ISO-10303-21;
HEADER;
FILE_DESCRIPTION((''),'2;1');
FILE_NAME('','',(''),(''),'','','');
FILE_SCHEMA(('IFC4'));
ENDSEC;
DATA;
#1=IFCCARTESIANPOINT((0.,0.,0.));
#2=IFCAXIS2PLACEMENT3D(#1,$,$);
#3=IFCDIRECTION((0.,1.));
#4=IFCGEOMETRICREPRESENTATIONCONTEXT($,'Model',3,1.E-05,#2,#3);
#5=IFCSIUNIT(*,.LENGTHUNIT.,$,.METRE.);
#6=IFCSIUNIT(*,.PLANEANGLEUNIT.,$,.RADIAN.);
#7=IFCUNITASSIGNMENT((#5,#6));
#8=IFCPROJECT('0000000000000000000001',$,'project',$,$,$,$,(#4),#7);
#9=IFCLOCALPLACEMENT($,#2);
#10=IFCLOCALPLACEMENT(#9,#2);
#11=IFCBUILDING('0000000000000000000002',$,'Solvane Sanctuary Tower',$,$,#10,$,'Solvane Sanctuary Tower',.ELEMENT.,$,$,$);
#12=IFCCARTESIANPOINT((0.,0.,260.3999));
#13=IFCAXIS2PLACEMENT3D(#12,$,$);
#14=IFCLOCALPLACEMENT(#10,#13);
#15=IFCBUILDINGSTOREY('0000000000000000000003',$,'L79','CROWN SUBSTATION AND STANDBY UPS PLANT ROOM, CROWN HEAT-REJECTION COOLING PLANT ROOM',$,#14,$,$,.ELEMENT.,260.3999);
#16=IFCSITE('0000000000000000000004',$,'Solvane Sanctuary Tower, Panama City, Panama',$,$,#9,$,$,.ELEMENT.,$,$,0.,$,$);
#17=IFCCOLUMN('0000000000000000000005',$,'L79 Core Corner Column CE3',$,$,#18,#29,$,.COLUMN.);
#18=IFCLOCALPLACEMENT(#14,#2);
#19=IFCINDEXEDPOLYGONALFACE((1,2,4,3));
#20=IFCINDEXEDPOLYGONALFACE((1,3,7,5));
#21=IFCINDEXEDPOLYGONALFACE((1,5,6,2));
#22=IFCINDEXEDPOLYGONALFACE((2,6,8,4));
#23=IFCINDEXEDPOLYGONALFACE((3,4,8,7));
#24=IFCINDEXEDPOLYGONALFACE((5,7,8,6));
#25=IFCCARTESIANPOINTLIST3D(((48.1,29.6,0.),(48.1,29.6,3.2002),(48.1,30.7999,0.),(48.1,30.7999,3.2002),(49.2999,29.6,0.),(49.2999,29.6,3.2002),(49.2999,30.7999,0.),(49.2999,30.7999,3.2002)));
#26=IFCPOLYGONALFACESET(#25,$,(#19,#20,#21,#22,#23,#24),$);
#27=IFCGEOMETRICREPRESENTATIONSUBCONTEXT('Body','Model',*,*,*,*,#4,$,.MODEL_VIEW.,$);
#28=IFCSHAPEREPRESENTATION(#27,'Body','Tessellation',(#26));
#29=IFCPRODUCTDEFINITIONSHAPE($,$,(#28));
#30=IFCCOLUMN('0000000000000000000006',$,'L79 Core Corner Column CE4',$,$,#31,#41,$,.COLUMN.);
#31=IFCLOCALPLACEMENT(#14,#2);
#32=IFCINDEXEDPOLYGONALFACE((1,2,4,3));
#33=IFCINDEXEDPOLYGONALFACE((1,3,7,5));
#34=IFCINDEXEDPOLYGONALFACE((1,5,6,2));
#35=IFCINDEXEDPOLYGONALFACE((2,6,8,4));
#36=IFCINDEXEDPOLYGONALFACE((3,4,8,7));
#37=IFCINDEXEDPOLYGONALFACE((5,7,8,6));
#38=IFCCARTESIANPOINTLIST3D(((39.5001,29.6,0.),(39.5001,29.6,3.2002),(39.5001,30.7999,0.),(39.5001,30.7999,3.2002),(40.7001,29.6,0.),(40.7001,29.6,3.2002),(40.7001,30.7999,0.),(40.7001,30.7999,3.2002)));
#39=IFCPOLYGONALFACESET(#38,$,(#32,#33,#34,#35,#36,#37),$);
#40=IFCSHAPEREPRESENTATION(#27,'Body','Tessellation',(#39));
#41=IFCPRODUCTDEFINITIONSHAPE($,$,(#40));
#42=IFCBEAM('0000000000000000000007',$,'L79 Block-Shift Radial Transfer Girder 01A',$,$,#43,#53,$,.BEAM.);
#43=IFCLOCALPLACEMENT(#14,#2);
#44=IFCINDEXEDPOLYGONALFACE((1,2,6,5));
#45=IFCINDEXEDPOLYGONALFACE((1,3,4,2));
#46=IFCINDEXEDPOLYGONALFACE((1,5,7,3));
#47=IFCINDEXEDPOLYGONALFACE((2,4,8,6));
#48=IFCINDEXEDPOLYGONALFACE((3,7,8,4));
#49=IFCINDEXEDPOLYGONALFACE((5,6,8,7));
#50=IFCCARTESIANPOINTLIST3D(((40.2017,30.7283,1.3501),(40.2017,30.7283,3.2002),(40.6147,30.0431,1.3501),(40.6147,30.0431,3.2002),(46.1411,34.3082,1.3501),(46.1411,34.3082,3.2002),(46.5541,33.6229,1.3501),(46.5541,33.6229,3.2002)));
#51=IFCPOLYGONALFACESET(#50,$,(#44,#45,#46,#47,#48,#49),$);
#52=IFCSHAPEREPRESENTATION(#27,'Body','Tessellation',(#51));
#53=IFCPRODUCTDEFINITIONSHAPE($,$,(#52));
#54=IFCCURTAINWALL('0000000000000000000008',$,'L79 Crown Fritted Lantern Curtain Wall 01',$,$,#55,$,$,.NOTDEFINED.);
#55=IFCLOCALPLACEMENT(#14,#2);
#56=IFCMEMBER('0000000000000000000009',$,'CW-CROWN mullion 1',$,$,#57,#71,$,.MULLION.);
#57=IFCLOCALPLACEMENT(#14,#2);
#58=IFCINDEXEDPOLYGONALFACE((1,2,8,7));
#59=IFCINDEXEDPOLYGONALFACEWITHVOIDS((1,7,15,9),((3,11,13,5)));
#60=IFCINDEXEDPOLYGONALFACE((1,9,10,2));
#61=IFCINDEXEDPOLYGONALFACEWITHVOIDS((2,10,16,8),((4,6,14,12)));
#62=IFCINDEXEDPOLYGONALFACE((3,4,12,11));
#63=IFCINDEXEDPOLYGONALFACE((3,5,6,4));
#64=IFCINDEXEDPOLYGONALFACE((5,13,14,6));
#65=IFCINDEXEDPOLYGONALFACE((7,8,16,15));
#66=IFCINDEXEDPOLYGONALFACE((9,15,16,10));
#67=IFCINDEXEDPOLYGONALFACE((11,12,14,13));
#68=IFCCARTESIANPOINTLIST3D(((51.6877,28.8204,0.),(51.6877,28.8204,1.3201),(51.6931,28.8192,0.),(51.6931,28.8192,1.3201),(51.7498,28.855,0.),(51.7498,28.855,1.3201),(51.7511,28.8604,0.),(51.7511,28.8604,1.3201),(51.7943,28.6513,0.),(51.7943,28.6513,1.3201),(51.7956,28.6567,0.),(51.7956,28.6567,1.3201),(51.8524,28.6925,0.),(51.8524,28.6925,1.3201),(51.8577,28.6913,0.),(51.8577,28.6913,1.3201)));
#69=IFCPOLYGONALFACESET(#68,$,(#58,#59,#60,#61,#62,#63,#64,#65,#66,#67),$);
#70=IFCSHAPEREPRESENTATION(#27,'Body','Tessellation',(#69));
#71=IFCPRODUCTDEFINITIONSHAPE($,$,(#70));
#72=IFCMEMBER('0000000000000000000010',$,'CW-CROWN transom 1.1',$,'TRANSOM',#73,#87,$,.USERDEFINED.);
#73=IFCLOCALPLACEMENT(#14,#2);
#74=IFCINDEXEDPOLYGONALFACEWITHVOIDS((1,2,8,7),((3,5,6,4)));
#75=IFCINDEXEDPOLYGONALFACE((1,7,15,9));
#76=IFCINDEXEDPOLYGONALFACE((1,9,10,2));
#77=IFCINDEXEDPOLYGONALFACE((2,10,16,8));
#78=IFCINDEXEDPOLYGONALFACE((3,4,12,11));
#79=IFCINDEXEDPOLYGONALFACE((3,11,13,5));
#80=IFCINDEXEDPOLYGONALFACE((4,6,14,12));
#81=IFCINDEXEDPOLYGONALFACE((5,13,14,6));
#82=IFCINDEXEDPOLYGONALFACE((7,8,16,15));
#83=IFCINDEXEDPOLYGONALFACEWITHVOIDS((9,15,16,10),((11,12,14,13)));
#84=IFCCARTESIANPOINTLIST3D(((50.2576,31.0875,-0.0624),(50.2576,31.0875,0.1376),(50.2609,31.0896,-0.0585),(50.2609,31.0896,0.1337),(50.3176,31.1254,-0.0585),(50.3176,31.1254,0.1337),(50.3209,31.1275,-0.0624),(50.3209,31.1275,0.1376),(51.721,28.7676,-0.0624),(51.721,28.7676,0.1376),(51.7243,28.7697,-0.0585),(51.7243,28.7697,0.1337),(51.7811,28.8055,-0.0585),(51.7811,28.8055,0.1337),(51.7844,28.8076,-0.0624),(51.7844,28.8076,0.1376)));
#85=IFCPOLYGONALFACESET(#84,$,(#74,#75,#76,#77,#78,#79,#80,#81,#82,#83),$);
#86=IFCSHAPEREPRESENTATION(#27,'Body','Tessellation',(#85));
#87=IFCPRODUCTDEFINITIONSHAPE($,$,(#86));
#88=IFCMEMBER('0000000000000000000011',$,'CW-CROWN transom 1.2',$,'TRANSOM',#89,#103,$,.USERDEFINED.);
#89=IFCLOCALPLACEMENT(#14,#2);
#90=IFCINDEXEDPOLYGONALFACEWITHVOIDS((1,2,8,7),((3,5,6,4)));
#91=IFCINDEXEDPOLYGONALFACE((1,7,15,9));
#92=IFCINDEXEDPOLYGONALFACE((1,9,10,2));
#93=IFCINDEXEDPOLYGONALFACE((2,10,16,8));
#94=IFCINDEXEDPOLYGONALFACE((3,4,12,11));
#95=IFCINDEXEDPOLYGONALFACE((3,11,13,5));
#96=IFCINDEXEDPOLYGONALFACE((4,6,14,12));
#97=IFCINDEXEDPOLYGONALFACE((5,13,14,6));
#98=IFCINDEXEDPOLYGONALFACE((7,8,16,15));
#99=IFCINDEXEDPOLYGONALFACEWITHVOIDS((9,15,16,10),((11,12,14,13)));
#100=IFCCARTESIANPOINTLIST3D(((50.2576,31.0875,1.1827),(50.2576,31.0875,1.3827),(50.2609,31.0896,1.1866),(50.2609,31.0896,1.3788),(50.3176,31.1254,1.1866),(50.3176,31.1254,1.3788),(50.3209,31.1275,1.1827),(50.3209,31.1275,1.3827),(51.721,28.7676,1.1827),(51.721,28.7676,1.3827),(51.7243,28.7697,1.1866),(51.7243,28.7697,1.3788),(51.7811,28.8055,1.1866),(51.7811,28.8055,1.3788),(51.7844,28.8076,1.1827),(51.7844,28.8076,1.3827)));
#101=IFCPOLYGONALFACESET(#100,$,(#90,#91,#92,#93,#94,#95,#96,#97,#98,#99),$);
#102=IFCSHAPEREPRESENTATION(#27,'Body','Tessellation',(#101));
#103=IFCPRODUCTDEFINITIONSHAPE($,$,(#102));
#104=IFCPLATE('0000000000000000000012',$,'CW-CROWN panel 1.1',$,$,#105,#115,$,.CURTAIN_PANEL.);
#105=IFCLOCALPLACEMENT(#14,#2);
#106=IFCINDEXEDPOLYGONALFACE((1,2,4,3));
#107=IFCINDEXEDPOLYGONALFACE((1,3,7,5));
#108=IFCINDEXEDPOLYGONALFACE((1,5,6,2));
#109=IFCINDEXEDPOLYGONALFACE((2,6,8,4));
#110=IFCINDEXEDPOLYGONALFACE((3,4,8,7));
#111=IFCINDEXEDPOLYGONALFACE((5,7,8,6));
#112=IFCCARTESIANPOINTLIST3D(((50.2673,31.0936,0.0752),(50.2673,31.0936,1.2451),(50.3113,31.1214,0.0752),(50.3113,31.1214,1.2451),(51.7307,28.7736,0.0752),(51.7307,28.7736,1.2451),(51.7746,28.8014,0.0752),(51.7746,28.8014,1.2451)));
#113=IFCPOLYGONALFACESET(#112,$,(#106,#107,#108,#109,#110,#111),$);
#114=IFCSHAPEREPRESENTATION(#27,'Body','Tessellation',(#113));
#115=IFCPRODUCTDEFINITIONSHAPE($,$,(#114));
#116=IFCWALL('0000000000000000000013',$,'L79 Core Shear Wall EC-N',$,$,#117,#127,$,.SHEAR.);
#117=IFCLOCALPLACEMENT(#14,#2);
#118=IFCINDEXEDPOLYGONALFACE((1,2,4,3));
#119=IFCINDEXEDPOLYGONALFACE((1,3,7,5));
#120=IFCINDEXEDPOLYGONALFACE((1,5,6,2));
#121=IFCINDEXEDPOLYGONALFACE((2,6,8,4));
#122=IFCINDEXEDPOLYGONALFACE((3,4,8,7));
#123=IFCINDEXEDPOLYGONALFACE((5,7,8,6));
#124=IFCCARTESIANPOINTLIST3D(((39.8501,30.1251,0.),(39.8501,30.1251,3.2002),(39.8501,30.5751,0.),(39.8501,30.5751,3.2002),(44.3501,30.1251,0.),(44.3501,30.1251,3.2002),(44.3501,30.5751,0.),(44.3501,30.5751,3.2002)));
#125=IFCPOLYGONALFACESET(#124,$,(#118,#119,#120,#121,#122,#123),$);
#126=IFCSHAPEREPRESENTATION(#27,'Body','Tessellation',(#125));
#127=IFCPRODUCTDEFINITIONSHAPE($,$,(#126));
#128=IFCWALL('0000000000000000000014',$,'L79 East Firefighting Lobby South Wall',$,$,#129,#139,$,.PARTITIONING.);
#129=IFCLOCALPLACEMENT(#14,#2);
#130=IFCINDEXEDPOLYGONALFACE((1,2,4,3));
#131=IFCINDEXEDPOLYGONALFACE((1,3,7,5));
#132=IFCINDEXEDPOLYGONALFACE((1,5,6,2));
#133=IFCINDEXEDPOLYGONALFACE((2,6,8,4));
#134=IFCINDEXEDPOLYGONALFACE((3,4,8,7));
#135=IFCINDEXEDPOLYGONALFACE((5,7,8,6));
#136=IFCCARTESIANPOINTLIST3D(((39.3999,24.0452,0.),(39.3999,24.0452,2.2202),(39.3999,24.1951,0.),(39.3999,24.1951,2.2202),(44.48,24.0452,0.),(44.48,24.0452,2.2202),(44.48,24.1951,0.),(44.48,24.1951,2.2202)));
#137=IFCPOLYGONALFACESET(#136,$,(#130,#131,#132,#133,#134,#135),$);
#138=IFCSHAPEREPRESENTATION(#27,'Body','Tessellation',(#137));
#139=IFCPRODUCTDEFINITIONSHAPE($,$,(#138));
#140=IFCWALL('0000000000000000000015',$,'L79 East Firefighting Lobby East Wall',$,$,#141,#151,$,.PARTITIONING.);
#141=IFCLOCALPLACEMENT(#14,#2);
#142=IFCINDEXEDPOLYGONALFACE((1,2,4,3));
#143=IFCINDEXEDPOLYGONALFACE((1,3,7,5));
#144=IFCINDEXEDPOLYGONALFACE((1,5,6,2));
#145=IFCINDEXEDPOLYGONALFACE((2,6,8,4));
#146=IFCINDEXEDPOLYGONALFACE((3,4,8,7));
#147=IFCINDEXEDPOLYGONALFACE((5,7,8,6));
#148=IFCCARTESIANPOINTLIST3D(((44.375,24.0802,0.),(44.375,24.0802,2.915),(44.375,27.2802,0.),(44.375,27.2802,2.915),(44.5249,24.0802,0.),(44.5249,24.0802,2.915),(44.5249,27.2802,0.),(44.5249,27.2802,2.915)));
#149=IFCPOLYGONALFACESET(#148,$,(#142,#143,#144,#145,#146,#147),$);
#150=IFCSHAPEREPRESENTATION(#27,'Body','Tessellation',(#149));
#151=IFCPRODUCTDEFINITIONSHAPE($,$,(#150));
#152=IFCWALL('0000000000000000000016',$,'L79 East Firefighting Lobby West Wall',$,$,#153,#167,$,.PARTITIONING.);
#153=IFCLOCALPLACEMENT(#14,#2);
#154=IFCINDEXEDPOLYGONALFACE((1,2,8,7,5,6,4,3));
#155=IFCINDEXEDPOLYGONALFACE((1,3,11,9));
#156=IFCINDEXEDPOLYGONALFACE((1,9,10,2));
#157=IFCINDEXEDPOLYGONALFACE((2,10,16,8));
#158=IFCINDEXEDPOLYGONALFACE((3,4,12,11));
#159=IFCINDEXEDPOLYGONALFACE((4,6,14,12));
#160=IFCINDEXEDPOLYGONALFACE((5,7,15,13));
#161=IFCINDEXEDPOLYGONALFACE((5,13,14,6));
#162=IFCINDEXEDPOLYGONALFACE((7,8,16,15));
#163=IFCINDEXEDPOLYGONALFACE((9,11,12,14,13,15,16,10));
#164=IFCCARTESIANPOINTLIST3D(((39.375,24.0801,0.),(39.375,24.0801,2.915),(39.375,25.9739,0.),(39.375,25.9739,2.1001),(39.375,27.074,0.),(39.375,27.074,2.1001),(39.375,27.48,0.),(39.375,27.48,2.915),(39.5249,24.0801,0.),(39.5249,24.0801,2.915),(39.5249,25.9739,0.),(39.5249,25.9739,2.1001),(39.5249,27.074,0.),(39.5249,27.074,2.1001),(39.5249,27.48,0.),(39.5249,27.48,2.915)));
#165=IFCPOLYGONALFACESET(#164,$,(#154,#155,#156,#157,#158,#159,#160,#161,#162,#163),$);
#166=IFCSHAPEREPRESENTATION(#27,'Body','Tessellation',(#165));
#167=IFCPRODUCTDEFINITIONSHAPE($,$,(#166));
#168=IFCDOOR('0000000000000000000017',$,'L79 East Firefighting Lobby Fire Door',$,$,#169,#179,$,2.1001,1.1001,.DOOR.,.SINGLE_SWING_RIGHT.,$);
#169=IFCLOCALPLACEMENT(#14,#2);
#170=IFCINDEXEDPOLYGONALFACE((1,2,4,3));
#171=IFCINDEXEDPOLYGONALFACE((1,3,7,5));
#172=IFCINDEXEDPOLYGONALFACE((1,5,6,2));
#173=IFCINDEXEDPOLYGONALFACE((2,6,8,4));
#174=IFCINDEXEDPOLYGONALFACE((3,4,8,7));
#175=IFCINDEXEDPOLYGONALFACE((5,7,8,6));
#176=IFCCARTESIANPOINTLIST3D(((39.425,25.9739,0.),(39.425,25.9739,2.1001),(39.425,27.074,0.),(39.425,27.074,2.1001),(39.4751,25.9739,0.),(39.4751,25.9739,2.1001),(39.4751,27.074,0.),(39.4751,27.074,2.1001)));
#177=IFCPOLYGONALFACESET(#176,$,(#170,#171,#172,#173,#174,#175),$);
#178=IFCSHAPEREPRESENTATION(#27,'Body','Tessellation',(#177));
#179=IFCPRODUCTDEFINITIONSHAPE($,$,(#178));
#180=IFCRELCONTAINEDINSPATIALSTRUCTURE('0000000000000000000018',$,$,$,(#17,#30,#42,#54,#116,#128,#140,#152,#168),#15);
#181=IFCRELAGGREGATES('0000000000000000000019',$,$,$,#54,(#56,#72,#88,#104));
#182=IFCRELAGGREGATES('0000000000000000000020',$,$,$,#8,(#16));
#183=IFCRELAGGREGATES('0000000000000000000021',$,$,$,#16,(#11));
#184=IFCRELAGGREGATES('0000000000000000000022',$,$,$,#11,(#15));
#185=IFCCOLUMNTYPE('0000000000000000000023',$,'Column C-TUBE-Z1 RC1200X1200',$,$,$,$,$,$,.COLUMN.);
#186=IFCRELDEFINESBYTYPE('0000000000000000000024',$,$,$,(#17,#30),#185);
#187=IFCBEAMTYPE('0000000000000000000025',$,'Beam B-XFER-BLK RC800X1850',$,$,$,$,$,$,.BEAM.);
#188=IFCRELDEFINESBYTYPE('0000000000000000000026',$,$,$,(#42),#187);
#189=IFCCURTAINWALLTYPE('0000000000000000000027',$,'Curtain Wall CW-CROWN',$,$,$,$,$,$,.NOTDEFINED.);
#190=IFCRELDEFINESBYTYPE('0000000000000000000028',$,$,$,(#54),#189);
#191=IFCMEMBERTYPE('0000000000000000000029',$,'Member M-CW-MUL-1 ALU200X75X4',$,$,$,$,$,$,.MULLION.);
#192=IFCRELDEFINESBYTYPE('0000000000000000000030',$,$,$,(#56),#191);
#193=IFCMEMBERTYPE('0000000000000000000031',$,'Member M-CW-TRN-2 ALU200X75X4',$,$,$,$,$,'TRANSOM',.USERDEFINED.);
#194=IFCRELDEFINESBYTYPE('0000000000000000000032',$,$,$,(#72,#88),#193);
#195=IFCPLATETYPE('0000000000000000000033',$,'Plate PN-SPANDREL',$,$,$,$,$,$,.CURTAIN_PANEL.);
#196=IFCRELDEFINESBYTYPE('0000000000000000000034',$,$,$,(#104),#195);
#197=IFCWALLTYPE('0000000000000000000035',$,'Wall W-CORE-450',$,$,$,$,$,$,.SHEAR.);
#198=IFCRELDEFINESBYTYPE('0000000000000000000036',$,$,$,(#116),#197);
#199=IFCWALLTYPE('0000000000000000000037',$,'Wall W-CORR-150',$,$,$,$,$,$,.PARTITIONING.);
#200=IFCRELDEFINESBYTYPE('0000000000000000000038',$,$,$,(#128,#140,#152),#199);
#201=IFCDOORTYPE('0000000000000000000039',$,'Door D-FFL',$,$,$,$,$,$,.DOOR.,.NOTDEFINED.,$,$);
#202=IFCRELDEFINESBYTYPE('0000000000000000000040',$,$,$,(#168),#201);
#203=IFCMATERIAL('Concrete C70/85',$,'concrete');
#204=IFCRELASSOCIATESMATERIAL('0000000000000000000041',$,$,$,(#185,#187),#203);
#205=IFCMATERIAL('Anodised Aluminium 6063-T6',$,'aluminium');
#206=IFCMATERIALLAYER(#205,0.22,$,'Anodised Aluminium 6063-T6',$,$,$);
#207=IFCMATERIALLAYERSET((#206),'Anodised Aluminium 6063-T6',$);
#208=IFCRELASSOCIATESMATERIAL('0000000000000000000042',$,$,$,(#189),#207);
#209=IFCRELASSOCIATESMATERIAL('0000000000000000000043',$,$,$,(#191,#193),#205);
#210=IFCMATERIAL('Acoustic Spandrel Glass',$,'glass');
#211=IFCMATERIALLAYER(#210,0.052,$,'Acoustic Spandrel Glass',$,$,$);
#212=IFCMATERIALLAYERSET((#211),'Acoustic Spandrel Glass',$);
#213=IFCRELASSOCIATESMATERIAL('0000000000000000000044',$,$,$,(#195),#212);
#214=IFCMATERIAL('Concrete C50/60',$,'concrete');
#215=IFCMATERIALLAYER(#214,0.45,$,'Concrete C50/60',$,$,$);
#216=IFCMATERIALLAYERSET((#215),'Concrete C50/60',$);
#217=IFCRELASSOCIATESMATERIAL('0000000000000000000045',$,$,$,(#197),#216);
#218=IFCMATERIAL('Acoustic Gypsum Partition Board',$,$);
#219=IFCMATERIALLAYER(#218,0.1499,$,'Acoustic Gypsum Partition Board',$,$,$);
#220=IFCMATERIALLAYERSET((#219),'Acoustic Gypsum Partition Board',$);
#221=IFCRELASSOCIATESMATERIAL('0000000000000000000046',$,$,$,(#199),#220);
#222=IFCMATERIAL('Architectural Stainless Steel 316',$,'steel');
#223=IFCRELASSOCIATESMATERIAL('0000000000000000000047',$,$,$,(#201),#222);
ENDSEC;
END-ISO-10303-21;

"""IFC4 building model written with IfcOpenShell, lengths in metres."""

from ifc_helpers import new_model, si_unit, direction, frame, frame_2d, origin, origin_2d, place, context, subcontext, project, spatial, rectangle, hollow_rectangle, extrude, material, layer, layer_set, material_profile, profile_set, type_object, element, fill, aggregate, save


model = new_model("IFC4")

# Units and contexts
model_context = context("Model", 3, precision=1e-05, world=origin(), true_north=direction((0.0, 1.0)))
body_context = subcontext(model_context, "Body", "Model", "MODEL_VIEW")
ifc_project = project(units=[si_unit("LENGTHUNIT", "METRE"), si_unit("PLANEANGLEUNIT", "RADIAN")], contexts=[model_context])

# Site, building, storey
site_placement = place(None, origin())
site = spatial("IfcSite", under=ifc_project, at=site_placement, Name="Solvane Sanctuary Tower, Panama City, Panama", CompositionType="ELEMENT", RefElevation=0.0)
building_placement = place(site_placement, origin())
building = spatial("IfcBuilding", under=site, at=building_placement, Name="Solvane Sanctuary Tower", LongName="Solvane Sanctuary Tower", CompositionType="ELEMENT")
storey_placement = place(building_placement, frame((0.0, 0.0, 260.3999)))
storey = spatial("IfcBuildingStorey", under=building, at=storey_placement, Name="L79", Description="CROWN SUBSTATION AND STANDBY UPS PLANT ROOM, CROWN HEAT-REJECTION COOLING PLANT ROOM", CompositionType="ELEMENT", Elevation=260.3999)

# Columns
ifc_material_1 = material(Name="Concrete C70/85", Category="concrete")
ifc_material_profile_1 = material_profile(ifc_material_1, rectangle(XDim=1.2, YDim=1.2, at=origin_2d()), Name="RC1200X1200")
ifc_profile_set_1 = profile_set([ifc_material_profile_1], Name="Concrete C70/85")
column_type = type_object("IfcColumnType", Name="Column C-TUBE-Z1 RC1200X1200", PredefinedType="COLUMN", material=ifc_profile_set_1)
for number, where, z_axis, x_axis, name in (
    (1, (48.7, 30.2, 0.0), (0.0, 0.0, 1.0), (1.0, 0.0, 0.0), "L79 Core Corner Column CE3"),
    (2, (40.1001, 30.2, 0.0), (0.0, 0.0, 1.0), (1.0, 0.0, 0.0), "L79 Core Corner Column CE4"),
):
    element("IfcColumn", number, at=place(storey_placement, frame(where, z_axis=z_axis, x_axis=x_axis)), inside=storey, type_object=column_type, Name=name, PredefinedType="COLUMN", context=body_context, shape_type="SweptSolid", body=[
        extrude(rectangle(XDim=1.2, YDim=1.2, at=origin_2d()), origin(), (0.0, 0.0, 1.0), 3.2002),
    ])

# Beam
ifc_material_profile_2 = material_profile(ifc_material_1, rectangle(XDim=0.8, YDim=1.8501, at=origin_2d()), Name="RC800X1850")
ifc_profile_set_2 = profile_set([ifc_material_profile_2], Name="Concrete C70/85")
beam_type = type_object("IfcBeamType", Name="Beam B-XFER-BLK RC800X1850", PredefinedType="BEAM", material=ifc_profile_set_2)
beam_placement = place(storey_placement, frame((40.4082, 30.3857, 2.2751), z_axis=(0.856463, 0.516208, 0.0), x_axis=(-0.516208, 0.856463, 0.0)))
element("IfcBeam", 3, at=beam_placement, inside=storey, type_object=beam_type, Name="L79 Block-Shift Radial Transfer Girder 01A", PredefinedType="BEAM", context=body_context, shape_type="SweptSolid", body=[
    extrude(rectangle(XDim=0.8, YDim=1.8501, at=origin_2d()), origin(), (0.0, 0.0, 1.0), 6.9348),
])

# Curtain wall, members, plate
ifc_material_2 = material(Name="Anodised Aluminium 6063-T6", Category="aluminium")
ifc_layer_1 = layer(ifc_material_2, 0.22, Name="Anodised Aluminium 6063-T6")
ifc_layer_set_1 = layer_set([ifc_layer_1], Name="Anodised Aluminium 6063-T6")
curtain_wall_type = type_object("IfcCurtainWallType", Name="Curtain Wall CW-CROWN", PredefinedType="NOTDEFINED", material=ifc_layer_set_1)
curtain_wall_placement = place(storey_placement, origin())
curtain_wall = element("IfcCurtainWall", 4, at=curtain_wall_placement, inside=storey, type_object=curtain_wall_type, Name="L79 Crown Fritted Lantern Curtain Wall 01", PredefinedType="NOTDEFINED")
ifc_material_profile_3 = material_profile(ifc_material_2, hollow_rectangle(XDim=0.075, YDim=0.2, WallThickness=0.0039, at=origin_2d()), Name="ALU200X75X4")
ifc_profile_set_3 = profile_set([ifc_material_profile_3], Name="Anodised Aluminium 6063-T6")
member_type_1 = type_object("IfcMemberType", Name="Member M-CW-MUL-1 ALU200X75X4", PredefinedType="MULLION", material=ifc_profile_set_3)
member_1_placement = place(storey_placement, frame((51.7727, 28.7559, 0.0), z_axis=(0.0, 0.0, 1.0), x_axis=(-0.845808, -0.533487, 0.0)))
member_1 = element("IfcMember", 5, at=member_1_placement, type_object=member_type_1, Name="CW-CROWN mullion 1", PredefinedType="MULLION", context=body_context, shape_type="SweptSolid", body=[
    extrude(hollow_rectangle(XDim=0.075, YDim=0.2, WallThickness=0.0039, at=origin_2d()), origin(), (0.0, 0.0, 1.0), 1.3201),
])
ifc_material_profile_4 = material_profile(ifc_material_2, hollow_rectangle(XDim=0.075, YDim=0.2, WallThickness=0.0039, at=origin_2d()), Name="ALU200X75X4")
ifc_profile_set_4 = profile_set([ifc_material_profile_4], Name="Anodised Aluminium 6063-T6")
member_type_2 = type_object("IfcMemberType", Name="Member M-CW-TRN-2 ALU200X75X4", ElementType="TRANSOM", PredefinedType="USERDEFINED", material=ifc_profile_set_4)
member_2_placement = place(storey_placement, frame((51.7527, 28.7876, 0.0376), z_axis=(-0.533531, 0.845781, 0.0), x_axis=(-0.845781, -0.533531, 0.0)))
member_2 = element("IfcMember", 6, at=member_2_placement, type_object=member_type_2, Name="CW-CROWN transom 1.1", ObjectType="TRANSOM", PredefinedType="USERDEFINED", context=body_context, shape_type="SweptSolid", body=[
    extrude(hollow_rectangle(XDim=0.075, YDim=0.2, WallThickness=0.0039, at=origin_2d()), origin(), (0.0, 0.0, 1.0), 2.7429),
])
member_3_placement = place(storey_placement, frame((51.7527, 28.7876, 1.2827), z_axis=(-0.533531, 0.845781, 0.0), x_axis=(-0.845781, -0.533531, 0.0)))
member_3 = element("IfcMember", 7, at=member_3_placement, type_object=member_type_2, Name="CW-CROWN transom 1.2", ObjectType="TRANSOM", PredefinedType="USERDEFINED", context=body_context, shape_type="SweptSolid", body=[
    extrude(hollow_rectangle(XDim=0.075, YDim=0.2, WallThickness=0.0039, at=origin_2d()), origin(), (0.0, 0.0, 1.0), 2.7429),
])
ifc_material_3 = material(Name="Acoustic Spandrel Glass", Category="glass")
ifc_layer_2 = layer(ifc_material_3, 0.052, Name="Acoustic Spandrel Glass")
ifc_layer_set_2 = layer_set([ifc_layer_2], Name="Acoustic Spandrel Glass")
plate_type = type_object("IfcPlateType", Name="Plate PN-SPANDREL", PredefinedType="CURTAIN_PANEL", material=ifc_layer_set_2)
plate_placement = place(storey_placement, frame((51.021, 29.9475, 0.0752), z_axis=(0.0, 0.0, 1.0), x_axis=(-0.533487, 0.845808, 0.0)))
plate = element("IfcPlate", 8, at=plate_placement, type_object=plate_type, Name="CW-CROWN panel 1.1", PredefinedType="CURTAIN_PANEL", context=body_context, shape_type="SweptSolid", body=[
    extrude(rectangle(XDim=2.7429, YDim=0.052, at=origin_2d()), origin(), (0.0, 0.0, 1.0), 1.1699),
])
aggregate(curtain_wall, [member_1, member_2, member_3, plate])

# Walls
ifc_material_4 = material(Name="Concrete C50/60", Category="concrete")
ifc_layer_3 = layer(ifc_material_4, 0.45, Name="Concrete C50/60")
ifc_layer_set_3 = layer_set([ifc_layer_3], Name="Concrete C50/60")
wall_type_1 = type_object("IfcWallType", Name="Wall W-CORE-450", PredefinedType="SHEAR", material=ifc_layer_set_3)
wall_1_placement = place(storey_placement, frame((39.8501, 30.3501, 0.0), z_axis=(0.0, 0.0, 1.0), x_axis=(1.0, 0.0, 0.0)))
element("IfcWall", 9, at=wall_1_placement, inside=storey, type_object=wall_type_1, Name="L79 Core Shear Wall EC-N", PredefinedType="SHEAR", context=body_context, shape_type="SweptSolid", body=[
    extrude(rectangle(XDim=4.5, YDim=0.45, at=frame_2d((2.25, 0.0))), origin(), (0.0, 0.0, 1.0), 3.2002),
])
ifc_material_5 = material(Name="Acoustic Gypsum Partition Board")
ifc_layer_4 = layer(ifc_material_5, 0.1499, Name="Acoustic Gypsum Partition Board")
ifc_layer_set_4 = layer_set([ifc_layer_4], Name="Acoustic Gypsum Partition Board")
wall_type_2 = type_object("IfcWallType", Name="Wall W-CORR-150", PredefinedType="PARTITIONING", material=ifc_layer_set_4)
wall_2_placement = place(storey_placement, frame((39.3999, 24.1201, 0.0), z_axis=(0.0, 0.0, 1.0), x_axis=(1.0, 0.0, 0.0)))
element("IfcWall", 10, at=wall_2_placement, inside=storey, type_object=wall_type_2, Name="L79 East Firefighting Lobby South Wall", PredefinedType="PARTITIONING", context=body_context, shape_type="SweptSolid", body=[
    extrude(rectangle(XDim=5.0801, YDim=0.1499, at=frame_2d((2.54, 0.0))), origin(), (0.0, 0.0, 1.0), 2.2202),
])
wall_3_placement = place(storey_placement, frame((44.45, 24.0801, 0.0), z_axis=(0.0, 0.0, 1.0), x_axis=(0.0, 1.0, 0.0)))
element("IfcWall", 11, at=wall_3_placement, inside=storey, type_object=wall_type_2, Name="L79 East Firefighting Lobby East Wall", PredefinedType="PARTITIONING", context=body_context, shape_type="SweptSolid", body=[
    extrude(rectangle(XDim=3.2, YDim=0.1499, at=frame_2d((1.6001, 0.0))), origin(), (0.0, 0.0, 1.0), 2.915),
])

# Wall, opening, door
wall_4_placement = place(storey_placement, frame((39.45, 24.0801, 0.0), z_axis=(0.0, 0.0, 1.0), x_axis=(0.0, 1.0, 0.0)))
wall_4 = element("IfcWall", 12, at=wall_4_placement, inside=storey, type_object=wall_type_2, Name="L79 East Firefighting Lobby West Wall", PredefinedType="PARTITIONING", context=body_context, shape_type="SweptSolid", body=[
    extrude(rectangle(XDim=3.3999, YDim=0.1499, at=frame_2d((1.7, 0.0))), origin(), (0.0, 0.0, 1.0), 2.915),
])
opening_1_placement = place(wall_4_placement, frame((1.8938, 0.0, 0.0)))
opening_1 = element("IfcOpeningElement", 13, at=opening_1_placement, cuts=wall_4, PredefinedType="OPENING", context=body_context, shape_type="SweptSolid", body=[
    extrude(rectangle(XDim=1.1001, YDim=2.1001, at=frame_2d((0.55, 1.05))), frame((0.0, 0.085, 0.0), z_axis=(0.0, -1.0, 0.0), x_axis=(1.0, 0.0, 0.0)), (0.0, 0.0, 1.0), 0.1699),
])
ifc_material_6 = material(Name="Architectural Stainless Steel 316", Category="steel")
door_type_1 = type_object("IfcDoorType", Name="Door D-FFL", OperationType="NOTDEFINED", PredefinedType="DOOR", material=ifc_material_6)
door_1_placement = place(opening_1_placement, origin())
door_1 = element("IfcDoor", 14, at=door_1_placement, inside=storey, type_object=door_type_1, Name="L79 East Firefighting Lobby Fire Door", OperationType="SINGLE_SWING_RIGHT", OverallHeight=2.1001, OverallWidth=1.1001, PredefinedType="DOOR", context=body_context, shape_type="SweptSolid", body=[
    extrude(rectangle(XDim=1.1001, YDim=2.1001, at=frame_2d((0.55, 1.05))), frame((0.0, 0.0249, 0.0), z_axis=(0.0, -1.0, 0.0), x_axis=(1.0, 0.0, 0.0)), (0.0, 0.0, 1.0), 0.05),
])
fill(opening_1, door_1)

save(model, "model.ifc")
